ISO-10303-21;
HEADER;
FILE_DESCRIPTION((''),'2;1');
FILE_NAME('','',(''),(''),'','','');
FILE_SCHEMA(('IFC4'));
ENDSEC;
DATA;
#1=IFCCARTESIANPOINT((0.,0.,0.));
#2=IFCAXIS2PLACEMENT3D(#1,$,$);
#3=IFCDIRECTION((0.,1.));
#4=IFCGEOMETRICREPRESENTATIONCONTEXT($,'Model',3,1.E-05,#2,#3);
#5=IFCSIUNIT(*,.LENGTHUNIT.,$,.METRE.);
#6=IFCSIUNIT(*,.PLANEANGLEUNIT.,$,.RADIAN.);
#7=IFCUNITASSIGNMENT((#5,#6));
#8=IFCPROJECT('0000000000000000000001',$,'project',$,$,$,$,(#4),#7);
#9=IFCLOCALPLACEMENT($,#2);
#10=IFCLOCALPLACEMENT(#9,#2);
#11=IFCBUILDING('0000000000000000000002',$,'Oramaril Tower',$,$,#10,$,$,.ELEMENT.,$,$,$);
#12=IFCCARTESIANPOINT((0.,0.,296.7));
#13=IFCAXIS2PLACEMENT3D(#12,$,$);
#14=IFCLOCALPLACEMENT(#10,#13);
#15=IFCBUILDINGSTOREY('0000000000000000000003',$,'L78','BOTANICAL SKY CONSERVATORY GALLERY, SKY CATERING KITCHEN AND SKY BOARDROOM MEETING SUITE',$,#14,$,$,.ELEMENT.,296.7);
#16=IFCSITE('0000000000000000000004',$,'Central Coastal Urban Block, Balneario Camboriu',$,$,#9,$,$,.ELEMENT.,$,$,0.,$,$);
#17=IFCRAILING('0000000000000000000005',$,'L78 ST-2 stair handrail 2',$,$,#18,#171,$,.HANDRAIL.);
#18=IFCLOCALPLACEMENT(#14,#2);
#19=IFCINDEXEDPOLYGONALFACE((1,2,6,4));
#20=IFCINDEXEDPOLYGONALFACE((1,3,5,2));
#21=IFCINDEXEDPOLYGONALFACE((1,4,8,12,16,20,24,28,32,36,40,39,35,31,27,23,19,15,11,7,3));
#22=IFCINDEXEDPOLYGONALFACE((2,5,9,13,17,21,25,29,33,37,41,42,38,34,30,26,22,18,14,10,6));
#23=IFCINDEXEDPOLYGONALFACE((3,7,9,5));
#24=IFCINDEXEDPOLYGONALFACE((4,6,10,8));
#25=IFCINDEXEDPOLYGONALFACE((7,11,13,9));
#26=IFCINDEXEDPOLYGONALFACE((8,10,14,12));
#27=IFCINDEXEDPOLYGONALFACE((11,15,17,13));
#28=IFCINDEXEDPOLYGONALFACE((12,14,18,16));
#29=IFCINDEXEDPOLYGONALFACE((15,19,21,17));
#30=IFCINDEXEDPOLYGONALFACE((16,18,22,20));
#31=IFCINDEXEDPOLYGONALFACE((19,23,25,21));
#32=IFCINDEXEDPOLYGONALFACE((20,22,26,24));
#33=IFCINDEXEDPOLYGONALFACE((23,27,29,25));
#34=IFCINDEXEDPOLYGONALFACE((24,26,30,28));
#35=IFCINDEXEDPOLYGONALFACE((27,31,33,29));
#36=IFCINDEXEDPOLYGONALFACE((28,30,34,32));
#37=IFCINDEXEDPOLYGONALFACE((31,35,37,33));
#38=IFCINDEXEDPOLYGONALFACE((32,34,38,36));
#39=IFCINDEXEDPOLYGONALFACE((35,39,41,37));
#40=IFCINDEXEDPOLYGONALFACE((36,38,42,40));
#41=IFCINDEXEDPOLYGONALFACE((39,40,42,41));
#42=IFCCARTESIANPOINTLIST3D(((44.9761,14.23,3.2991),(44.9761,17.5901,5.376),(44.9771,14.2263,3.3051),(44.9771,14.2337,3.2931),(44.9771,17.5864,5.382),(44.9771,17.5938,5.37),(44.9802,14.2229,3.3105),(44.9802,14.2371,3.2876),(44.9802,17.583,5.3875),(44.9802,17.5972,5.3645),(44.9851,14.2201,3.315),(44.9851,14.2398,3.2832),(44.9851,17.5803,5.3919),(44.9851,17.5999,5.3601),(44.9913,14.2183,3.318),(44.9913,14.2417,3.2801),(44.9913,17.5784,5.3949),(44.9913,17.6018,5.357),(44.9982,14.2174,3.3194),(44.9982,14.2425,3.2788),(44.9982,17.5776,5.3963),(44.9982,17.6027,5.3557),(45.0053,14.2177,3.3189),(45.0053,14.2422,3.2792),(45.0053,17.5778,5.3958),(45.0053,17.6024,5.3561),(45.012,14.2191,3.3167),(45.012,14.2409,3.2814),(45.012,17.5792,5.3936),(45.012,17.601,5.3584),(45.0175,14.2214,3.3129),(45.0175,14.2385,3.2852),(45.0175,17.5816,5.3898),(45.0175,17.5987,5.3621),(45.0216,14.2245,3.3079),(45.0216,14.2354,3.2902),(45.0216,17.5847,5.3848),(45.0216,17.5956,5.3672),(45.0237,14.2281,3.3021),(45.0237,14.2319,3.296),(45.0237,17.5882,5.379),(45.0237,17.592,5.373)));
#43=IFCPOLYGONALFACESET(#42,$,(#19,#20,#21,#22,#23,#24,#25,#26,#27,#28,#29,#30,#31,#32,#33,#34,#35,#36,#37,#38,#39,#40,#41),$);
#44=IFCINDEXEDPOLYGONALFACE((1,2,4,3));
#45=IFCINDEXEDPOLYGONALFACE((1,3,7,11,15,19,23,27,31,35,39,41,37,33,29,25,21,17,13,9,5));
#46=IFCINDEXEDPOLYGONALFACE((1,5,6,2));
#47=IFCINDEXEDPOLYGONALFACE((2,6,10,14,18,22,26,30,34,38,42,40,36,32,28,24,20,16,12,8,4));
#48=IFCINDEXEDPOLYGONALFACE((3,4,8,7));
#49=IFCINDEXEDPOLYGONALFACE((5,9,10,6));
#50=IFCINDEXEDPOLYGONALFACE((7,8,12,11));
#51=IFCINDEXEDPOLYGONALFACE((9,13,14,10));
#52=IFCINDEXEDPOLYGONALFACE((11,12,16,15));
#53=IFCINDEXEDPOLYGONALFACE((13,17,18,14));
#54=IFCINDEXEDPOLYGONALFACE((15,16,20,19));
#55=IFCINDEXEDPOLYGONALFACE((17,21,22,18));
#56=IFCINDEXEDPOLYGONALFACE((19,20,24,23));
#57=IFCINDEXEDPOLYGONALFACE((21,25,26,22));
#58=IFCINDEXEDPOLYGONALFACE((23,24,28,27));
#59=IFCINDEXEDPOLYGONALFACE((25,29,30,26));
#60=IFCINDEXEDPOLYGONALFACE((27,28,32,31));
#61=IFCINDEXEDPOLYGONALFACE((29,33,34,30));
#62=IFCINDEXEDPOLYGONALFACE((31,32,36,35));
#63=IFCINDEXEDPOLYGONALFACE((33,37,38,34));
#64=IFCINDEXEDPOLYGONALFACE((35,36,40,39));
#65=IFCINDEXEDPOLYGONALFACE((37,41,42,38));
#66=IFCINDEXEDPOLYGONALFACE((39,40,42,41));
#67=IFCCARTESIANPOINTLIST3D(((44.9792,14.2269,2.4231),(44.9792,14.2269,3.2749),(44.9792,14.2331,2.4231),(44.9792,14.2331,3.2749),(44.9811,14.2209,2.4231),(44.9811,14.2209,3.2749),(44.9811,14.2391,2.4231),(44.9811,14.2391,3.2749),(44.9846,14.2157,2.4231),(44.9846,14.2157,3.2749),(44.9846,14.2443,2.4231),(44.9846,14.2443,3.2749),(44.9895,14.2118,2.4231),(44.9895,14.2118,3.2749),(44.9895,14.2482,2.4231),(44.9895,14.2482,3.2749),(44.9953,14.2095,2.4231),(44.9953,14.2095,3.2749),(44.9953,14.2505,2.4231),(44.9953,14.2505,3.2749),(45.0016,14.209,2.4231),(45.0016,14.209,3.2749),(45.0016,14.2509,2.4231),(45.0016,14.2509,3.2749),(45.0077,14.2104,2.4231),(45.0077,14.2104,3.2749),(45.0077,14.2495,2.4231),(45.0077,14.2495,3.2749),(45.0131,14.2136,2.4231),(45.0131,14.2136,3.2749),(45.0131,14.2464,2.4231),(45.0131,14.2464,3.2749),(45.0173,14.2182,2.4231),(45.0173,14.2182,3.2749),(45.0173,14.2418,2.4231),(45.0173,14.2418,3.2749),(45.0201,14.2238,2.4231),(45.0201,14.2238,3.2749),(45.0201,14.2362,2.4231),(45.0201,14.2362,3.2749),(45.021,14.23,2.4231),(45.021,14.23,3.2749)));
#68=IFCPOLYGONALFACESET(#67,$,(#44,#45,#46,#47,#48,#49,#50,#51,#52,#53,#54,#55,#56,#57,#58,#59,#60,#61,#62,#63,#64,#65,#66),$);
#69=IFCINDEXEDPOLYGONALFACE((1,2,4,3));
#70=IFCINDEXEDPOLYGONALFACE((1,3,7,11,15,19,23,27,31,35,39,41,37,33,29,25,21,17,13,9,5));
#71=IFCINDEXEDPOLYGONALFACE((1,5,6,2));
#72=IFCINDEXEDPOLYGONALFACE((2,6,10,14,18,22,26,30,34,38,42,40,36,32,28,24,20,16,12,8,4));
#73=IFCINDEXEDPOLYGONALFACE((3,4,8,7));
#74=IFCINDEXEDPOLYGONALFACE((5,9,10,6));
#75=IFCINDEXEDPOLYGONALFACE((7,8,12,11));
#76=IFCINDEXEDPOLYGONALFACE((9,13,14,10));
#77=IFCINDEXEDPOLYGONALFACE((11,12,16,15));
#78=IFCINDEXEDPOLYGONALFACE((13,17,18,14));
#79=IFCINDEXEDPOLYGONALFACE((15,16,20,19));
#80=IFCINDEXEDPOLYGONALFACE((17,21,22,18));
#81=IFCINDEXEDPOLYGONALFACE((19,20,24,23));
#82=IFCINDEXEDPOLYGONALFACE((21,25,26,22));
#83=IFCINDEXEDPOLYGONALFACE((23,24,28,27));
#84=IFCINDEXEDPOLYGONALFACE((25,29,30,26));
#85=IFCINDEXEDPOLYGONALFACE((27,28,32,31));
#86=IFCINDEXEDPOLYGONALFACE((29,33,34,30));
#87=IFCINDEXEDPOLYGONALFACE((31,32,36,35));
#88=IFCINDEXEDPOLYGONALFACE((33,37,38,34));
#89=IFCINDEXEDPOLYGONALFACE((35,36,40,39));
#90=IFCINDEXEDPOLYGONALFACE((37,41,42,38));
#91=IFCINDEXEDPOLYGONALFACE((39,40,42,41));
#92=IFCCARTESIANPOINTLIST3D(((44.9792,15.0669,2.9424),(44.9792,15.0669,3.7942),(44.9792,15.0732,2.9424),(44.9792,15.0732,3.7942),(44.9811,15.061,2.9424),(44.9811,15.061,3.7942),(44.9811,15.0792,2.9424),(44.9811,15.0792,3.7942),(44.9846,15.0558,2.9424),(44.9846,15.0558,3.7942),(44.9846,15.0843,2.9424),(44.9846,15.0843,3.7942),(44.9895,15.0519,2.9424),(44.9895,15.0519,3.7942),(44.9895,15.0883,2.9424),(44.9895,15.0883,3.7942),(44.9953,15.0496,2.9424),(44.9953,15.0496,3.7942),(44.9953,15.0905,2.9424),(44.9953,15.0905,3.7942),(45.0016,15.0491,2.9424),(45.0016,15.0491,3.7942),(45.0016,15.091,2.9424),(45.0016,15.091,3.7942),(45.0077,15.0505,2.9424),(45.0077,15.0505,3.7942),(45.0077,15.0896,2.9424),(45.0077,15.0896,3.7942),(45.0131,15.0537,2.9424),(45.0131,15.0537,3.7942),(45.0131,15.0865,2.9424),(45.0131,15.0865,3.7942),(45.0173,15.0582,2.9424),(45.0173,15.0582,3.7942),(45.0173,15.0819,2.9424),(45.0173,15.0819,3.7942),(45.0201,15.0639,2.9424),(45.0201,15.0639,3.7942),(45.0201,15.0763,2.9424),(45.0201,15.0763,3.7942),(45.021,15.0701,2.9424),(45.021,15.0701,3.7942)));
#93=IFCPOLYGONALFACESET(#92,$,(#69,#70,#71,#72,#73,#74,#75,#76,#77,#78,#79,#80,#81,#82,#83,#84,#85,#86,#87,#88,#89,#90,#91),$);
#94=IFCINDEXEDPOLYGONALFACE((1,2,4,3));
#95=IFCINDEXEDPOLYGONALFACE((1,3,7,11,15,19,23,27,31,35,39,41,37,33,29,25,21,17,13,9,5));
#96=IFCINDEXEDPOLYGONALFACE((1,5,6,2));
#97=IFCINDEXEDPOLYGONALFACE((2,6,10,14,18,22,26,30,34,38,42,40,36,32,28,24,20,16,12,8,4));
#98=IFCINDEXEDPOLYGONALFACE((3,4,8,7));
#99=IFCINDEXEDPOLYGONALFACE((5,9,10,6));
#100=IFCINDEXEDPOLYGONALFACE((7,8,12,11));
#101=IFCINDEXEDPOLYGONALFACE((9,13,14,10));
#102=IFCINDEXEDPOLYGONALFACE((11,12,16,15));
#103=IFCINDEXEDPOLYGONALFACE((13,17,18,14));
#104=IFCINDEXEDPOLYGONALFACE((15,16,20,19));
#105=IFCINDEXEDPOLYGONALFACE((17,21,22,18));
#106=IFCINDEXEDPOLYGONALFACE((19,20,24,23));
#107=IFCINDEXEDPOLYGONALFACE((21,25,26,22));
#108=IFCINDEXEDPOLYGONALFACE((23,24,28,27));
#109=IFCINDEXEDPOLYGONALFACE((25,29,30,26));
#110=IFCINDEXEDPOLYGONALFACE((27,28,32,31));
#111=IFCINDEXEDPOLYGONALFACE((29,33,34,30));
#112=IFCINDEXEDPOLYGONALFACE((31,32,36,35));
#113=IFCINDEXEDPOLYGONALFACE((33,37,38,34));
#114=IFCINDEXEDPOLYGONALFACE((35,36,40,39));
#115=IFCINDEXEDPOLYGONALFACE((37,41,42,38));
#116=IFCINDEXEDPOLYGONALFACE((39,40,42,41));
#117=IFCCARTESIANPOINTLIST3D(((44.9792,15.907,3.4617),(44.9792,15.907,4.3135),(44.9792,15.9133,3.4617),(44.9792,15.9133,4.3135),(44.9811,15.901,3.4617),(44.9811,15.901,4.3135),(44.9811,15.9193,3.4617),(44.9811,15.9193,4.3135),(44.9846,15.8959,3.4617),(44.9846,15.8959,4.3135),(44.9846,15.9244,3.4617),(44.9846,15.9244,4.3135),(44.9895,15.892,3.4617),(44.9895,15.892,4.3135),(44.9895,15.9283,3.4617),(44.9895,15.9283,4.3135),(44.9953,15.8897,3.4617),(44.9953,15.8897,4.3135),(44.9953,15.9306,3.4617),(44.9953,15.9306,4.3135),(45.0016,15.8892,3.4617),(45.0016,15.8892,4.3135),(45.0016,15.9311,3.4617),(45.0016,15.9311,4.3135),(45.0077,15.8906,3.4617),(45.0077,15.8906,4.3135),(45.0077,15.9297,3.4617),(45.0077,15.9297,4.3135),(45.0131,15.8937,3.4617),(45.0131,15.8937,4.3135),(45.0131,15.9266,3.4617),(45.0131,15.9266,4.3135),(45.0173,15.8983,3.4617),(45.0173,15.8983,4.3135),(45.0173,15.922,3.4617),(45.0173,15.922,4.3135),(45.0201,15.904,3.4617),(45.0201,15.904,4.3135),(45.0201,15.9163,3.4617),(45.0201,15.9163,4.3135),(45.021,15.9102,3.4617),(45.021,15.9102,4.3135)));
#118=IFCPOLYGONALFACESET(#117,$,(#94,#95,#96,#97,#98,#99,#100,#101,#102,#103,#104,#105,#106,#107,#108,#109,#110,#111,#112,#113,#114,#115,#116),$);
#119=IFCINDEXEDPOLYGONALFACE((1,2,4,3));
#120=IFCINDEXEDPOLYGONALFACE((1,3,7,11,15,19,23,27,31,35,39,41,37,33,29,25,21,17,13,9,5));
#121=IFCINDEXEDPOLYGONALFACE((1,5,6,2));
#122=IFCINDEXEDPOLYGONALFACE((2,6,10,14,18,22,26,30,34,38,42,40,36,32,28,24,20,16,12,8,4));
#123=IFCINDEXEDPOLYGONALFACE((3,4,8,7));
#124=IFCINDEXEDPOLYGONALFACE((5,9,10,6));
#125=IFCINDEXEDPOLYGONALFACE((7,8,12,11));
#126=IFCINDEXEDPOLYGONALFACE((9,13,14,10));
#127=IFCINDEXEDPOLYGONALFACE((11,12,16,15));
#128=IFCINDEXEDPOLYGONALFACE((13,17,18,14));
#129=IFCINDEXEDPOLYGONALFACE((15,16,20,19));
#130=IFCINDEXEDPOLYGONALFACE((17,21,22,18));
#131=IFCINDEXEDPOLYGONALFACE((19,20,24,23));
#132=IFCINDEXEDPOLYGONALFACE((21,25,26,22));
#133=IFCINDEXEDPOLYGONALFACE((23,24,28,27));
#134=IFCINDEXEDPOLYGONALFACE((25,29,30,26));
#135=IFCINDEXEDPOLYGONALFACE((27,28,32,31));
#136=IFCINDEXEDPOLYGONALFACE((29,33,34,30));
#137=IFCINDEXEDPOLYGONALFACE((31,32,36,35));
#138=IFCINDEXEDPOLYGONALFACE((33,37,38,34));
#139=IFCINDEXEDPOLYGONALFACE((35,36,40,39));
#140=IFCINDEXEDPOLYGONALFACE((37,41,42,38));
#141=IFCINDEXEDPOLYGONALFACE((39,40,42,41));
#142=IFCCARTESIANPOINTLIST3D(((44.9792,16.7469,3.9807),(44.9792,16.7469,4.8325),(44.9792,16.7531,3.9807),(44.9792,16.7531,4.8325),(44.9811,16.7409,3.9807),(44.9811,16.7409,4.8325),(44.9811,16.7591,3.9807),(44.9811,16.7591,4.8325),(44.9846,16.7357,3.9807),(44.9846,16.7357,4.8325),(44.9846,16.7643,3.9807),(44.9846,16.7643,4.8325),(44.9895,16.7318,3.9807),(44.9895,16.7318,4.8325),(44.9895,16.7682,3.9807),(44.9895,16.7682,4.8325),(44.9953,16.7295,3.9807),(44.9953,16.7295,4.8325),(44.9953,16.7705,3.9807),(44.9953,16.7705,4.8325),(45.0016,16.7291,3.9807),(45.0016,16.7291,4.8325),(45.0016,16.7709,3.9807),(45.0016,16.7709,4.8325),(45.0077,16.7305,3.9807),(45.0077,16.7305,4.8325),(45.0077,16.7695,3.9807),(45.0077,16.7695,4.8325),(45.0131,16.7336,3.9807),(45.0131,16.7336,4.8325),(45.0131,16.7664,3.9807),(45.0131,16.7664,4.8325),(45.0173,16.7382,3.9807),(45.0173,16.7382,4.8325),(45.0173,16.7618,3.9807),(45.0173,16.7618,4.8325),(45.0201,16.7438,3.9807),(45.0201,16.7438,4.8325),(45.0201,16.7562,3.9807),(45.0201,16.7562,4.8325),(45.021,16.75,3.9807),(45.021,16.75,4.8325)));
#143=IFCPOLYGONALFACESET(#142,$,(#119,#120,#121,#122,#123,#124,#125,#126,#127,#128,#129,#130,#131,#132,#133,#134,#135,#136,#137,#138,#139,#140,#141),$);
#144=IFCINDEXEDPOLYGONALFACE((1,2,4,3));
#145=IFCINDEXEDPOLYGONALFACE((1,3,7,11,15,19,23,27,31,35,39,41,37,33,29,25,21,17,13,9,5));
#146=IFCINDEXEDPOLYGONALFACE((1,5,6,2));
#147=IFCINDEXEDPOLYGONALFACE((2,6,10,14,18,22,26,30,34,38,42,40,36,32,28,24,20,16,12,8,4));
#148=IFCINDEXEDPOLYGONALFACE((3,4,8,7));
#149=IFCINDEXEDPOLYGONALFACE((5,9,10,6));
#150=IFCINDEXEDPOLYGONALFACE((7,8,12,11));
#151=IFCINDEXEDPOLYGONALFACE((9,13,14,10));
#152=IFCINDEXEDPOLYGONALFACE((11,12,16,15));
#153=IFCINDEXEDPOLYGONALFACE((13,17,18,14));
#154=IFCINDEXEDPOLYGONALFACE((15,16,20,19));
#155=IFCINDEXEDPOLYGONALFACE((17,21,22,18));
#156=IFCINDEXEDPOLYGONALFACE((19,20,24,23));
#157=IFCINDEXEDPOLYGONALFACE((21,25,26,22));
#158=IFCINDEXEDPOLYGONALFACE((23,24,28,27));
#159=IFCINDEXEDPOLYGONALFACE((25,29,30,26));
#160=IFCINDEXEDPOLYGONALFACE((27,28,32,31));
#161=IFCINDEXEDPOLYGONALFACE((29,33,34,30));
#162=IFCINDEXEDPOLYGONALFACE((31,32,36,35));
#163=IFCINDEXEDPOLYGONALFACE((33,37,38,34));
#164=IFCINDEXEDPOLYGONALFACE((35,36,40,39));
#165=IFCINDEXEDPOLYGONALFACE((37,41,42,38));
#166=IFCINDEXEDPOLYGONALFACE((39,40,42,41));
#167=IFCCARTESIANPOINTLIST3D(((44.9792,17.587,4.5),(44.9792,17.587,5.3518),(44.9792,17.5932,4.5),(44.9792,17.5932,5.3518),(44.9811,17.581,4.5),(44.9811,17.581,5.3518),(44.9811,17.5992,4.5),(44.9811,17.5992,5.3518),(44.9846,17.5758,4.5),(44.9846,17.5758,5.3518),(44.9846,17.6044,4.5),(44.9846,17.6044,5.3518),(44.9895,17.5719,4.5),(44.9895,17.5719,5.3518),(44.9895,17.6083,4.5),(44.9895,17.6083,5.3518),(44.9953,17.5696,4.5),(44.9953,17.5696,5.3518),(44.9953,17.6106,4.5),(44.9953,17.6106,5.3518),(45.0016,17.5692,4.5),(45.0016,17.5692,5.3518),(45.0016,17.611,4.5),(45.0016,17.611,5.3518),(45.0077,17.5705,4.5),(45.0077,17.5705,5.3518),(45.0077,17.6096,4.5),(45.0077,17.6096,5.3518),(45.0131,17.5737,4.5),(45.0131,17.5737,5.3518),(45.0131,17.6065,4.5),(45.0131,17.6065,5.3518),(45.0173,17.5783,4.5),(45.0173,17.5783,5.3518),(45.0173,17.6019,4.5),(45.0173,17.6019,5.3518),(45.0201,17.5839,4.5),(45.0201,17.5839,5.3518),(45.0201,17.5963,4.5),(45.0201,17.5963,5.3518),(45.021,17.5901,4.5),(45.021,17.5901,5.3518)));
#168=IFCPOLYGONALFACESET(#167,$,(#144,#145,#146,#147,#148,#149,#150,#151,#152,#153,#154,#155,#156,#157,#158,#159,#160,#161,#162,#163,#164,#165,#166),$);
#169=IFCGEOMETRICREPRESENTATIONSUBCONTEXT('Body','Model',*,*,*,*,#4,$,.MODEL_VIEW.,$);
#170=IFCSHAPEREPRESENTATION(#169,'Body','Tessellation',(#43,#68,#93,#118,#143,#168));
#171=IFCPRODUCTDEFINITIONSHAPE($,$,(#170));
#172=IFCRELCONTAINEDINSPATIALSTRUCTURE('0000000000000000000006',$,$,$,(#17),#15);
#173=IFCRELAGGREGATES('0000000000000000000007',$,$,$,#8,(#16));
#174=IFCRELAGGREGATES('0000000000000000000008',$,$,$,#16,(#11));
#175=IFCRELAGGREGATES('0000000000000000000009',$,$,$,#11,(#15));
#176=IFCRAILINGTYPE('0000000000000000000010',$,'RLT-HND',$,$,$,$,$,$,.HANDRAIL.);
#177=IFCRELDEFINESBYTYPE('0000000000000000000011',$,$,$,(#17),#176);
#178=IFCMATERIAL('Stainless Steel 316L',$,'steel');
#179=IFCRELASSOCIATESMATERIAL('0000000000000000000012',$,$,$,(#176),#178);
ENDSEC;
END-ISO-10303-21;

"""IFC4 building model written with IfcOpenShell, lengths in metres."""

from ifc_helpers import new_model, si_unit, direction, frame, origin, origin_2d, place, context, subcontext, project, spatial, circle, extrude, material, type_object, element, save


model = new_model("IFC4")

# Units and contexts
model_context = context("Model", 3, precision=1e-05, world=origin(), true_north=direction((0.0, 1.0)))
body_context = subcontext(model_context, "Body", "Model", "MODEL_VIEW")
ifc_project = project(units=[si_unit("LENGTHUNIT", "METRE"), si_unit("PLANEANGLEUNIT", "RADIAN")], contexts=[model_context])

# Site, building, storey
site_placement = place(None, origin())
site = spatial("IfcSite", under=ifc_project, at=site_placement, Name="Central Coastal Urban Block, Balneario Camboriu", CompositionType="ELEMENT", RefElevation=0.0)
building_placement = place(site_placement, origin())
building = spatial("IfcBuilding", under=site, at=building_placement, Name="Oramaril Tower", CompositionType="ELEMENT")
storey_placement = place(building_placement, frame((0.0, 0.0, 296.7)))
storey = spatial("IfcBuildingStorey", under=building, at=storey_placement, Name="L78", Description="BOTANICAL SKY CONSERVATORY GALLERY, SKY CATERING KITCHEN AND SKY BOARDROOM MEETING SUITE", CompositionType="ELEMENT", Elevation=296.7)

# Railing
ifc_material_1 = material(Name="Stainless Steel 316L", Category="steel")
railing_type_1 = type_object("IfcRailingType", Name="RLT-HND", PredefinedType="HANDRAIL", material=ifc_material_1)
railing_1_placement = place(storey_placement, frame((45.0, 14.23, 2.4231)))
element("IfcRailing", 1, at=railing_1_placement, inside=storey, type_object=railing_type_1, Name="L78 ST-2 stair handrail 2", PredefinedType="HANDRAIL", context=body_context, shape_type="SweptSolid", body=[
    extrude(circle(Radius=0.0239, at=origin_2d()), frame((0.0, 0.0, 0.876), z_axis=(0.0, 0.850623, 0.525776), x_axis=(-1.0, 0.0, 0.0)), (0.0, 0.0, 1.0), 3.9502),
    extrude(circle(Radius=0.021, at=origin_2d()), origin(), (0.0, 0.0, 1.0), 0.8518),
    extrude(circle(Radius=0.021, at=origin_2d()), frame((0.0, 0.8401, 0.5193)), (0.0, 0.0, 1.0), 0.8518),
    extrude(circle(Radius=0.021, at=origin_2d()), frame((0.0, 1.6802, 1.0386)), (0.0, 0.0, 1.0), 0.8518),
    extrude(circle(Radius=0.021, at=origin_2d()), frame((0.0, 2.52, 1.5576)), (0.0, 0.0, 1.0), 0.8518),
    extrude(circle(Radius=0.021, at=origin_2d()), frame((0.0, 3.3601, 2.0769)), (0.0, 0.0, 1.0), 0.8518),
])

save(model, "model.ifc")
